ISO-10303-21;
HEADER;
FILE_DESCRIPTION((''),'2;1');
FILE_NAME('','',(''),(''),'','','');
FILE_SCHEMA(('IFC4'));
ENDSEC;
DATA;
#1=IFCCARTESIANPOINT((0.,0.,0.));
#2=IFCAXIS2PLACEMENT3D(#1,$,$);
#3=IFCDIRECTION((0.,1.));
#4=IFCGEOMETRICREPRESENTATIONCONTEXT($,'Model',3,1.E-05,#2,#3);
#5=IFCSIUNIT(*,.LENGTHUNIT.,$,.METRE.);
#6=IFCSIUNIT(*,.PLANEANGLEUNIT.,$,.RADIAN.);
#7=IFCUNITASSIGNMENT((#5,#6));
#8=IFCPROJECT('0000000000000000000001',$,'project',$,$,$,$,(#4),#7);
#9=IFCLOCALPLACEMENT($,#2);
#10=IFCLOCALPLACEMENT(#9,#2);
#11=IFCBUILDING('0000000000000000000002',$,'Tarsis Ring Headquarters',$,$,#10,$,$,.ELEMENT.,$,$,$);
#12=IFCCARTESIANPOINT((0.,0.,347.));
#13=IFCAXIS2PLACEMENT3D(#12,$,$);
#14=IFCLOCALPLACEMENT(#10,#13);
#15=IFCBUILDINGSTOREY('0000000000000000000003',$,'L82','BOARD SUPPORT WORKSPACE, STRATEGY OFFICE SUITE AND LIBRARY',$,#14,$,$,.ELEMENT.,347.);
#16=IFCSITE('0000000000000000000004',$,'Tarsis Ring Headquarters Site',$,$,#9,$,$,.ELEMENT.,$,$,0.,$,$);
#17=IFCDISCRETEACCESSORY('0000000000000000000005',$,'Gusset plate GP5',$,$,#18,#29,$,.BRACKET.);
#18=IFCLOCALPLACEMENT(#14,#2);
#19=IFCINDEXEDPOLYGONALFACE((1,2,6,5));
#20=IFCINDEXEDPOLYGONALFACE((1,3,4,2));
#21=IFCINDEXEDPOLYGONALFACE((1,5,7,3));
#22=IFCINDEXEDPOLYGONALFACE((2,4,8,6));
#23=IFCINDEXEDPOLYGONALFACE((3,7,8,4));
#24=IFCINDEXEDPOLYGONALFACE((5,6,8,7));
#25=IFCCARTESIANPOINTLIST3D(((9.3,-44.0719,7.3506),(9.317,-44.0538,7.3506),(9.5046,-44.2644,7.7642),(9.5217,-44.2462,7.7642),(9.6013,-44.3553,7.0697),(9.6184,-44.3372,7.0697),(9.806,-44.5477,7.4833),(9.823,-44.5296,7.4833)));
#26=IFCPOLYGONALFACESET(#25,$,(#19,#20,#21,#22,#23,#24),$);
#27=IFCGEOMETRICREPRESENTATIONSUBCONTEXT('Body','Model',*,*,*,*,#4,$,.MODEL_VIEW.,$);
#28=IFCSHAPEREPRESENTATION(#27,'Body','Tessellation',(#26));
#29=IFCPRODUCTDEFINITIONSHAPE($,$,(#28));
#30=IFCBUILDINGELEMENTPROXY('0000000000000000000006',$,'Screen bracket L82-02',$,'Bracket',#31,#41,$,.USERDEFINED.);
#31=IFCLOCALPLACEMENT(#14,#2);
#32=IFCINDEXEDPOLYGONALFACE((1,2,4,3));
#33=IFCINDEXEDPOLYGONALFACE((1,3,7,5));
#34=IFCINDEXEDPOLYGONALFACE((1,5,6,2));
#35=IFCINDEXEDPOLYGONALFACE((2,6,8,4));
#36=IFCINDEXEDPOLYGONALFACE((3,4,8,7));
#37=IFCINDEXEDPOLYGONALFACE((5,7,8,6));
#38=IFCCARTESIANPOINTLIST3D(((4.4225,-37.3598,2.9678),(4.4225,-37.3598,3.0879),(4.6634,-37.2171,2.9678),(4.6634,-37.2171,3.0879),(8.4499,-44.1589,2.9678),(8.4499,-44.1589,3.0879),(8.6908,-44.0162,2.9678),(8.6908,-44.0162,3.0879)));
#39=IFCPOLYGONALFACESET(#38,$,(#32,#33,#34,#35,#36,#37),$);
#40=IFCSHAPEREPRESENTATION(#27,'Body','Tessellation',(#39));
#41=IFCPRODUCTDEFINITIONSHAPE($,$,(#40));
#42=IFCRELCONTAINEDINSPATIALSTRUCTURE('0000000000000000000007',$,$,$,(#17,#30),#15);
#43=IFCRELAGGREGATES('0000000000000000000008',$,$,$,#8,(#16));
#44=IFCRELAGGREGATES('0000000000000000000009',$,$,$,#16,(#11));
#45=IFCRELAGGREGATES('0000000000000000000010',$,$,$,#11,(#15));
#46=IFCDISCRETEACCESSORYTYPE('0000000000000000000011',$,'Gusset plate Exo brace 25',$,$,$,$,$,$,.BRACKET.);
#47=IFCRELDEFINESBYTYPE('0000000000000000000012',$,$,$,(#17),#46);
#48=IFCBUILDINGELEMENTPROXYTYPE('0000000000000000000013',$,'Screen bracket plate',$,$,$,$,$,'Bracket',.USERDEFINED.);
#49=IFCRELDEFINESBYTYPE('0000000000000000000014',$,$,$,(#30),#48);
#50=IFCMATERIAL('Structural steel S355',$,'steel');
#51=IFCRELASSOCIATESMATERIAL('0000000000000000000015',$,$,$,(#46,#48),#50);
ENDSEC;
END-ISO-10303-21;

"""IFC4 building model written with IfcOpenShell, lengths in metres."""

from ifc_helpers import new_model, si_unit, direction, frame, origin, origin_2d, place, context, subcontext, project, spatial, rectangle, extrude, material, material_profile, profile_set, type_object, element, save


model = new_model("IFC4")

# Units and contexts
model_context = context("Model", 3, precision=1e-05, world=origin(), true_north=direction((0.0, 1.0)))
body_context = subcontext(model_context, "Body", "Model", "MODEL_VIEW")
ifc_project = project(units=[si_unit("LENGTHUNIT", "METRE"), si_unit("PLANEANGLEUNIT", "RADIAN")], contexts=[model_context])

# Site, building, storey
site_placement = place(None, origin())
site = spatial("IfcSite", under=ifc_project, at=site_placement, Name="Tarsis Ring Headquarters Site", CompositionType="ELEMENT", RefElevation=0.0)
building_placement = place(site_placement, origin())
building = spatial("IfcBuilding", under=site, at=building_placement, Name="Tarsis Ring Headquarters", CompositionType="ELEMENT")
storey_placement = place(building_placement, frame((0.0, 0.0, 347.0)))
storey = spatial("IfcBuildingStorey", under=building, at=storey_placement, Name="L82", Description="BOARD SUPPORT WORKSPACE, STRATEGY OFFICE SUITE AND LIBRARY", CompositionType="ELEMENT", Elevation=347.0)

# Shared definitions
ifc_material_1 = material(Name="Structural steel S355", Category="steel")

# Discrete accessory
ifc_material_profile_1 = material_profile(ifc_material_1, rectangle(XDim=0.0249, YDim=0.5, at=origin_2d()), Name="PL 25x500")
ifc_profile_set_1 = profile_set([ifc_material_profile_1], Name="Structural steel S355")
discrete_accessory_type = type_object("IfcDiscreteAccessoryType", Name="Gusset plate Exo brace 25", PredefinedType="BRACKET", material=ifc_profile_set_1)
discrete_accessory_placement = place(storey_placement, frame((9.6638, -44.397, 7.6238), z_axis=(-0.409252, 0.384834, -0.827294), x_axis=(-0.685039, -0.728506, 0.0)))
element("IfcDiscreteAccessory", 1, at=discrete_accessory_placement, inside=storey, type_object=discrete_accessory_type, Name="Gusset plate GP5", PredefinedType="BRACKET", context=body_context, shape_type="SweptSolid", body=[
    extrude(rectangle(XDim=0.0249, YDim=0.5, at=origin_2d()), origin(), (0.0, 0.0, 1.0), 0.5),
])

# Building element proxy
building_element_proxy_type = type_object("IfcBuildingElementProxyType", Name="Screen bracket plate", ElementType="Bracket", PredefinedType="USERDEFINED", material=ifc_material_1)
proxy_placement = place(storey_placement, frame((6.5566, -40.688, 2.9678), z_axis=(0.0, 0.0, 1.0), x_axis=(0.509642, -0.860386, 0.0)))
element("IfcBuildingElementProxy", 2, at=proxy_placement, inside=storey, type_object=building_element_proxy_type, Name="Screen bracket L82-02", ObjectType="Bracket", PredefinedType="USERDEFINED", context=body_context, shape_type="SweptSolid", body=[
    extrude(rectangle(XDim=7.9023, YDim=0.28, at=origin_2d()), origin(), (0.0, 0.0, 1.0), 0.1201),
])

save(model, "model.ifc")
